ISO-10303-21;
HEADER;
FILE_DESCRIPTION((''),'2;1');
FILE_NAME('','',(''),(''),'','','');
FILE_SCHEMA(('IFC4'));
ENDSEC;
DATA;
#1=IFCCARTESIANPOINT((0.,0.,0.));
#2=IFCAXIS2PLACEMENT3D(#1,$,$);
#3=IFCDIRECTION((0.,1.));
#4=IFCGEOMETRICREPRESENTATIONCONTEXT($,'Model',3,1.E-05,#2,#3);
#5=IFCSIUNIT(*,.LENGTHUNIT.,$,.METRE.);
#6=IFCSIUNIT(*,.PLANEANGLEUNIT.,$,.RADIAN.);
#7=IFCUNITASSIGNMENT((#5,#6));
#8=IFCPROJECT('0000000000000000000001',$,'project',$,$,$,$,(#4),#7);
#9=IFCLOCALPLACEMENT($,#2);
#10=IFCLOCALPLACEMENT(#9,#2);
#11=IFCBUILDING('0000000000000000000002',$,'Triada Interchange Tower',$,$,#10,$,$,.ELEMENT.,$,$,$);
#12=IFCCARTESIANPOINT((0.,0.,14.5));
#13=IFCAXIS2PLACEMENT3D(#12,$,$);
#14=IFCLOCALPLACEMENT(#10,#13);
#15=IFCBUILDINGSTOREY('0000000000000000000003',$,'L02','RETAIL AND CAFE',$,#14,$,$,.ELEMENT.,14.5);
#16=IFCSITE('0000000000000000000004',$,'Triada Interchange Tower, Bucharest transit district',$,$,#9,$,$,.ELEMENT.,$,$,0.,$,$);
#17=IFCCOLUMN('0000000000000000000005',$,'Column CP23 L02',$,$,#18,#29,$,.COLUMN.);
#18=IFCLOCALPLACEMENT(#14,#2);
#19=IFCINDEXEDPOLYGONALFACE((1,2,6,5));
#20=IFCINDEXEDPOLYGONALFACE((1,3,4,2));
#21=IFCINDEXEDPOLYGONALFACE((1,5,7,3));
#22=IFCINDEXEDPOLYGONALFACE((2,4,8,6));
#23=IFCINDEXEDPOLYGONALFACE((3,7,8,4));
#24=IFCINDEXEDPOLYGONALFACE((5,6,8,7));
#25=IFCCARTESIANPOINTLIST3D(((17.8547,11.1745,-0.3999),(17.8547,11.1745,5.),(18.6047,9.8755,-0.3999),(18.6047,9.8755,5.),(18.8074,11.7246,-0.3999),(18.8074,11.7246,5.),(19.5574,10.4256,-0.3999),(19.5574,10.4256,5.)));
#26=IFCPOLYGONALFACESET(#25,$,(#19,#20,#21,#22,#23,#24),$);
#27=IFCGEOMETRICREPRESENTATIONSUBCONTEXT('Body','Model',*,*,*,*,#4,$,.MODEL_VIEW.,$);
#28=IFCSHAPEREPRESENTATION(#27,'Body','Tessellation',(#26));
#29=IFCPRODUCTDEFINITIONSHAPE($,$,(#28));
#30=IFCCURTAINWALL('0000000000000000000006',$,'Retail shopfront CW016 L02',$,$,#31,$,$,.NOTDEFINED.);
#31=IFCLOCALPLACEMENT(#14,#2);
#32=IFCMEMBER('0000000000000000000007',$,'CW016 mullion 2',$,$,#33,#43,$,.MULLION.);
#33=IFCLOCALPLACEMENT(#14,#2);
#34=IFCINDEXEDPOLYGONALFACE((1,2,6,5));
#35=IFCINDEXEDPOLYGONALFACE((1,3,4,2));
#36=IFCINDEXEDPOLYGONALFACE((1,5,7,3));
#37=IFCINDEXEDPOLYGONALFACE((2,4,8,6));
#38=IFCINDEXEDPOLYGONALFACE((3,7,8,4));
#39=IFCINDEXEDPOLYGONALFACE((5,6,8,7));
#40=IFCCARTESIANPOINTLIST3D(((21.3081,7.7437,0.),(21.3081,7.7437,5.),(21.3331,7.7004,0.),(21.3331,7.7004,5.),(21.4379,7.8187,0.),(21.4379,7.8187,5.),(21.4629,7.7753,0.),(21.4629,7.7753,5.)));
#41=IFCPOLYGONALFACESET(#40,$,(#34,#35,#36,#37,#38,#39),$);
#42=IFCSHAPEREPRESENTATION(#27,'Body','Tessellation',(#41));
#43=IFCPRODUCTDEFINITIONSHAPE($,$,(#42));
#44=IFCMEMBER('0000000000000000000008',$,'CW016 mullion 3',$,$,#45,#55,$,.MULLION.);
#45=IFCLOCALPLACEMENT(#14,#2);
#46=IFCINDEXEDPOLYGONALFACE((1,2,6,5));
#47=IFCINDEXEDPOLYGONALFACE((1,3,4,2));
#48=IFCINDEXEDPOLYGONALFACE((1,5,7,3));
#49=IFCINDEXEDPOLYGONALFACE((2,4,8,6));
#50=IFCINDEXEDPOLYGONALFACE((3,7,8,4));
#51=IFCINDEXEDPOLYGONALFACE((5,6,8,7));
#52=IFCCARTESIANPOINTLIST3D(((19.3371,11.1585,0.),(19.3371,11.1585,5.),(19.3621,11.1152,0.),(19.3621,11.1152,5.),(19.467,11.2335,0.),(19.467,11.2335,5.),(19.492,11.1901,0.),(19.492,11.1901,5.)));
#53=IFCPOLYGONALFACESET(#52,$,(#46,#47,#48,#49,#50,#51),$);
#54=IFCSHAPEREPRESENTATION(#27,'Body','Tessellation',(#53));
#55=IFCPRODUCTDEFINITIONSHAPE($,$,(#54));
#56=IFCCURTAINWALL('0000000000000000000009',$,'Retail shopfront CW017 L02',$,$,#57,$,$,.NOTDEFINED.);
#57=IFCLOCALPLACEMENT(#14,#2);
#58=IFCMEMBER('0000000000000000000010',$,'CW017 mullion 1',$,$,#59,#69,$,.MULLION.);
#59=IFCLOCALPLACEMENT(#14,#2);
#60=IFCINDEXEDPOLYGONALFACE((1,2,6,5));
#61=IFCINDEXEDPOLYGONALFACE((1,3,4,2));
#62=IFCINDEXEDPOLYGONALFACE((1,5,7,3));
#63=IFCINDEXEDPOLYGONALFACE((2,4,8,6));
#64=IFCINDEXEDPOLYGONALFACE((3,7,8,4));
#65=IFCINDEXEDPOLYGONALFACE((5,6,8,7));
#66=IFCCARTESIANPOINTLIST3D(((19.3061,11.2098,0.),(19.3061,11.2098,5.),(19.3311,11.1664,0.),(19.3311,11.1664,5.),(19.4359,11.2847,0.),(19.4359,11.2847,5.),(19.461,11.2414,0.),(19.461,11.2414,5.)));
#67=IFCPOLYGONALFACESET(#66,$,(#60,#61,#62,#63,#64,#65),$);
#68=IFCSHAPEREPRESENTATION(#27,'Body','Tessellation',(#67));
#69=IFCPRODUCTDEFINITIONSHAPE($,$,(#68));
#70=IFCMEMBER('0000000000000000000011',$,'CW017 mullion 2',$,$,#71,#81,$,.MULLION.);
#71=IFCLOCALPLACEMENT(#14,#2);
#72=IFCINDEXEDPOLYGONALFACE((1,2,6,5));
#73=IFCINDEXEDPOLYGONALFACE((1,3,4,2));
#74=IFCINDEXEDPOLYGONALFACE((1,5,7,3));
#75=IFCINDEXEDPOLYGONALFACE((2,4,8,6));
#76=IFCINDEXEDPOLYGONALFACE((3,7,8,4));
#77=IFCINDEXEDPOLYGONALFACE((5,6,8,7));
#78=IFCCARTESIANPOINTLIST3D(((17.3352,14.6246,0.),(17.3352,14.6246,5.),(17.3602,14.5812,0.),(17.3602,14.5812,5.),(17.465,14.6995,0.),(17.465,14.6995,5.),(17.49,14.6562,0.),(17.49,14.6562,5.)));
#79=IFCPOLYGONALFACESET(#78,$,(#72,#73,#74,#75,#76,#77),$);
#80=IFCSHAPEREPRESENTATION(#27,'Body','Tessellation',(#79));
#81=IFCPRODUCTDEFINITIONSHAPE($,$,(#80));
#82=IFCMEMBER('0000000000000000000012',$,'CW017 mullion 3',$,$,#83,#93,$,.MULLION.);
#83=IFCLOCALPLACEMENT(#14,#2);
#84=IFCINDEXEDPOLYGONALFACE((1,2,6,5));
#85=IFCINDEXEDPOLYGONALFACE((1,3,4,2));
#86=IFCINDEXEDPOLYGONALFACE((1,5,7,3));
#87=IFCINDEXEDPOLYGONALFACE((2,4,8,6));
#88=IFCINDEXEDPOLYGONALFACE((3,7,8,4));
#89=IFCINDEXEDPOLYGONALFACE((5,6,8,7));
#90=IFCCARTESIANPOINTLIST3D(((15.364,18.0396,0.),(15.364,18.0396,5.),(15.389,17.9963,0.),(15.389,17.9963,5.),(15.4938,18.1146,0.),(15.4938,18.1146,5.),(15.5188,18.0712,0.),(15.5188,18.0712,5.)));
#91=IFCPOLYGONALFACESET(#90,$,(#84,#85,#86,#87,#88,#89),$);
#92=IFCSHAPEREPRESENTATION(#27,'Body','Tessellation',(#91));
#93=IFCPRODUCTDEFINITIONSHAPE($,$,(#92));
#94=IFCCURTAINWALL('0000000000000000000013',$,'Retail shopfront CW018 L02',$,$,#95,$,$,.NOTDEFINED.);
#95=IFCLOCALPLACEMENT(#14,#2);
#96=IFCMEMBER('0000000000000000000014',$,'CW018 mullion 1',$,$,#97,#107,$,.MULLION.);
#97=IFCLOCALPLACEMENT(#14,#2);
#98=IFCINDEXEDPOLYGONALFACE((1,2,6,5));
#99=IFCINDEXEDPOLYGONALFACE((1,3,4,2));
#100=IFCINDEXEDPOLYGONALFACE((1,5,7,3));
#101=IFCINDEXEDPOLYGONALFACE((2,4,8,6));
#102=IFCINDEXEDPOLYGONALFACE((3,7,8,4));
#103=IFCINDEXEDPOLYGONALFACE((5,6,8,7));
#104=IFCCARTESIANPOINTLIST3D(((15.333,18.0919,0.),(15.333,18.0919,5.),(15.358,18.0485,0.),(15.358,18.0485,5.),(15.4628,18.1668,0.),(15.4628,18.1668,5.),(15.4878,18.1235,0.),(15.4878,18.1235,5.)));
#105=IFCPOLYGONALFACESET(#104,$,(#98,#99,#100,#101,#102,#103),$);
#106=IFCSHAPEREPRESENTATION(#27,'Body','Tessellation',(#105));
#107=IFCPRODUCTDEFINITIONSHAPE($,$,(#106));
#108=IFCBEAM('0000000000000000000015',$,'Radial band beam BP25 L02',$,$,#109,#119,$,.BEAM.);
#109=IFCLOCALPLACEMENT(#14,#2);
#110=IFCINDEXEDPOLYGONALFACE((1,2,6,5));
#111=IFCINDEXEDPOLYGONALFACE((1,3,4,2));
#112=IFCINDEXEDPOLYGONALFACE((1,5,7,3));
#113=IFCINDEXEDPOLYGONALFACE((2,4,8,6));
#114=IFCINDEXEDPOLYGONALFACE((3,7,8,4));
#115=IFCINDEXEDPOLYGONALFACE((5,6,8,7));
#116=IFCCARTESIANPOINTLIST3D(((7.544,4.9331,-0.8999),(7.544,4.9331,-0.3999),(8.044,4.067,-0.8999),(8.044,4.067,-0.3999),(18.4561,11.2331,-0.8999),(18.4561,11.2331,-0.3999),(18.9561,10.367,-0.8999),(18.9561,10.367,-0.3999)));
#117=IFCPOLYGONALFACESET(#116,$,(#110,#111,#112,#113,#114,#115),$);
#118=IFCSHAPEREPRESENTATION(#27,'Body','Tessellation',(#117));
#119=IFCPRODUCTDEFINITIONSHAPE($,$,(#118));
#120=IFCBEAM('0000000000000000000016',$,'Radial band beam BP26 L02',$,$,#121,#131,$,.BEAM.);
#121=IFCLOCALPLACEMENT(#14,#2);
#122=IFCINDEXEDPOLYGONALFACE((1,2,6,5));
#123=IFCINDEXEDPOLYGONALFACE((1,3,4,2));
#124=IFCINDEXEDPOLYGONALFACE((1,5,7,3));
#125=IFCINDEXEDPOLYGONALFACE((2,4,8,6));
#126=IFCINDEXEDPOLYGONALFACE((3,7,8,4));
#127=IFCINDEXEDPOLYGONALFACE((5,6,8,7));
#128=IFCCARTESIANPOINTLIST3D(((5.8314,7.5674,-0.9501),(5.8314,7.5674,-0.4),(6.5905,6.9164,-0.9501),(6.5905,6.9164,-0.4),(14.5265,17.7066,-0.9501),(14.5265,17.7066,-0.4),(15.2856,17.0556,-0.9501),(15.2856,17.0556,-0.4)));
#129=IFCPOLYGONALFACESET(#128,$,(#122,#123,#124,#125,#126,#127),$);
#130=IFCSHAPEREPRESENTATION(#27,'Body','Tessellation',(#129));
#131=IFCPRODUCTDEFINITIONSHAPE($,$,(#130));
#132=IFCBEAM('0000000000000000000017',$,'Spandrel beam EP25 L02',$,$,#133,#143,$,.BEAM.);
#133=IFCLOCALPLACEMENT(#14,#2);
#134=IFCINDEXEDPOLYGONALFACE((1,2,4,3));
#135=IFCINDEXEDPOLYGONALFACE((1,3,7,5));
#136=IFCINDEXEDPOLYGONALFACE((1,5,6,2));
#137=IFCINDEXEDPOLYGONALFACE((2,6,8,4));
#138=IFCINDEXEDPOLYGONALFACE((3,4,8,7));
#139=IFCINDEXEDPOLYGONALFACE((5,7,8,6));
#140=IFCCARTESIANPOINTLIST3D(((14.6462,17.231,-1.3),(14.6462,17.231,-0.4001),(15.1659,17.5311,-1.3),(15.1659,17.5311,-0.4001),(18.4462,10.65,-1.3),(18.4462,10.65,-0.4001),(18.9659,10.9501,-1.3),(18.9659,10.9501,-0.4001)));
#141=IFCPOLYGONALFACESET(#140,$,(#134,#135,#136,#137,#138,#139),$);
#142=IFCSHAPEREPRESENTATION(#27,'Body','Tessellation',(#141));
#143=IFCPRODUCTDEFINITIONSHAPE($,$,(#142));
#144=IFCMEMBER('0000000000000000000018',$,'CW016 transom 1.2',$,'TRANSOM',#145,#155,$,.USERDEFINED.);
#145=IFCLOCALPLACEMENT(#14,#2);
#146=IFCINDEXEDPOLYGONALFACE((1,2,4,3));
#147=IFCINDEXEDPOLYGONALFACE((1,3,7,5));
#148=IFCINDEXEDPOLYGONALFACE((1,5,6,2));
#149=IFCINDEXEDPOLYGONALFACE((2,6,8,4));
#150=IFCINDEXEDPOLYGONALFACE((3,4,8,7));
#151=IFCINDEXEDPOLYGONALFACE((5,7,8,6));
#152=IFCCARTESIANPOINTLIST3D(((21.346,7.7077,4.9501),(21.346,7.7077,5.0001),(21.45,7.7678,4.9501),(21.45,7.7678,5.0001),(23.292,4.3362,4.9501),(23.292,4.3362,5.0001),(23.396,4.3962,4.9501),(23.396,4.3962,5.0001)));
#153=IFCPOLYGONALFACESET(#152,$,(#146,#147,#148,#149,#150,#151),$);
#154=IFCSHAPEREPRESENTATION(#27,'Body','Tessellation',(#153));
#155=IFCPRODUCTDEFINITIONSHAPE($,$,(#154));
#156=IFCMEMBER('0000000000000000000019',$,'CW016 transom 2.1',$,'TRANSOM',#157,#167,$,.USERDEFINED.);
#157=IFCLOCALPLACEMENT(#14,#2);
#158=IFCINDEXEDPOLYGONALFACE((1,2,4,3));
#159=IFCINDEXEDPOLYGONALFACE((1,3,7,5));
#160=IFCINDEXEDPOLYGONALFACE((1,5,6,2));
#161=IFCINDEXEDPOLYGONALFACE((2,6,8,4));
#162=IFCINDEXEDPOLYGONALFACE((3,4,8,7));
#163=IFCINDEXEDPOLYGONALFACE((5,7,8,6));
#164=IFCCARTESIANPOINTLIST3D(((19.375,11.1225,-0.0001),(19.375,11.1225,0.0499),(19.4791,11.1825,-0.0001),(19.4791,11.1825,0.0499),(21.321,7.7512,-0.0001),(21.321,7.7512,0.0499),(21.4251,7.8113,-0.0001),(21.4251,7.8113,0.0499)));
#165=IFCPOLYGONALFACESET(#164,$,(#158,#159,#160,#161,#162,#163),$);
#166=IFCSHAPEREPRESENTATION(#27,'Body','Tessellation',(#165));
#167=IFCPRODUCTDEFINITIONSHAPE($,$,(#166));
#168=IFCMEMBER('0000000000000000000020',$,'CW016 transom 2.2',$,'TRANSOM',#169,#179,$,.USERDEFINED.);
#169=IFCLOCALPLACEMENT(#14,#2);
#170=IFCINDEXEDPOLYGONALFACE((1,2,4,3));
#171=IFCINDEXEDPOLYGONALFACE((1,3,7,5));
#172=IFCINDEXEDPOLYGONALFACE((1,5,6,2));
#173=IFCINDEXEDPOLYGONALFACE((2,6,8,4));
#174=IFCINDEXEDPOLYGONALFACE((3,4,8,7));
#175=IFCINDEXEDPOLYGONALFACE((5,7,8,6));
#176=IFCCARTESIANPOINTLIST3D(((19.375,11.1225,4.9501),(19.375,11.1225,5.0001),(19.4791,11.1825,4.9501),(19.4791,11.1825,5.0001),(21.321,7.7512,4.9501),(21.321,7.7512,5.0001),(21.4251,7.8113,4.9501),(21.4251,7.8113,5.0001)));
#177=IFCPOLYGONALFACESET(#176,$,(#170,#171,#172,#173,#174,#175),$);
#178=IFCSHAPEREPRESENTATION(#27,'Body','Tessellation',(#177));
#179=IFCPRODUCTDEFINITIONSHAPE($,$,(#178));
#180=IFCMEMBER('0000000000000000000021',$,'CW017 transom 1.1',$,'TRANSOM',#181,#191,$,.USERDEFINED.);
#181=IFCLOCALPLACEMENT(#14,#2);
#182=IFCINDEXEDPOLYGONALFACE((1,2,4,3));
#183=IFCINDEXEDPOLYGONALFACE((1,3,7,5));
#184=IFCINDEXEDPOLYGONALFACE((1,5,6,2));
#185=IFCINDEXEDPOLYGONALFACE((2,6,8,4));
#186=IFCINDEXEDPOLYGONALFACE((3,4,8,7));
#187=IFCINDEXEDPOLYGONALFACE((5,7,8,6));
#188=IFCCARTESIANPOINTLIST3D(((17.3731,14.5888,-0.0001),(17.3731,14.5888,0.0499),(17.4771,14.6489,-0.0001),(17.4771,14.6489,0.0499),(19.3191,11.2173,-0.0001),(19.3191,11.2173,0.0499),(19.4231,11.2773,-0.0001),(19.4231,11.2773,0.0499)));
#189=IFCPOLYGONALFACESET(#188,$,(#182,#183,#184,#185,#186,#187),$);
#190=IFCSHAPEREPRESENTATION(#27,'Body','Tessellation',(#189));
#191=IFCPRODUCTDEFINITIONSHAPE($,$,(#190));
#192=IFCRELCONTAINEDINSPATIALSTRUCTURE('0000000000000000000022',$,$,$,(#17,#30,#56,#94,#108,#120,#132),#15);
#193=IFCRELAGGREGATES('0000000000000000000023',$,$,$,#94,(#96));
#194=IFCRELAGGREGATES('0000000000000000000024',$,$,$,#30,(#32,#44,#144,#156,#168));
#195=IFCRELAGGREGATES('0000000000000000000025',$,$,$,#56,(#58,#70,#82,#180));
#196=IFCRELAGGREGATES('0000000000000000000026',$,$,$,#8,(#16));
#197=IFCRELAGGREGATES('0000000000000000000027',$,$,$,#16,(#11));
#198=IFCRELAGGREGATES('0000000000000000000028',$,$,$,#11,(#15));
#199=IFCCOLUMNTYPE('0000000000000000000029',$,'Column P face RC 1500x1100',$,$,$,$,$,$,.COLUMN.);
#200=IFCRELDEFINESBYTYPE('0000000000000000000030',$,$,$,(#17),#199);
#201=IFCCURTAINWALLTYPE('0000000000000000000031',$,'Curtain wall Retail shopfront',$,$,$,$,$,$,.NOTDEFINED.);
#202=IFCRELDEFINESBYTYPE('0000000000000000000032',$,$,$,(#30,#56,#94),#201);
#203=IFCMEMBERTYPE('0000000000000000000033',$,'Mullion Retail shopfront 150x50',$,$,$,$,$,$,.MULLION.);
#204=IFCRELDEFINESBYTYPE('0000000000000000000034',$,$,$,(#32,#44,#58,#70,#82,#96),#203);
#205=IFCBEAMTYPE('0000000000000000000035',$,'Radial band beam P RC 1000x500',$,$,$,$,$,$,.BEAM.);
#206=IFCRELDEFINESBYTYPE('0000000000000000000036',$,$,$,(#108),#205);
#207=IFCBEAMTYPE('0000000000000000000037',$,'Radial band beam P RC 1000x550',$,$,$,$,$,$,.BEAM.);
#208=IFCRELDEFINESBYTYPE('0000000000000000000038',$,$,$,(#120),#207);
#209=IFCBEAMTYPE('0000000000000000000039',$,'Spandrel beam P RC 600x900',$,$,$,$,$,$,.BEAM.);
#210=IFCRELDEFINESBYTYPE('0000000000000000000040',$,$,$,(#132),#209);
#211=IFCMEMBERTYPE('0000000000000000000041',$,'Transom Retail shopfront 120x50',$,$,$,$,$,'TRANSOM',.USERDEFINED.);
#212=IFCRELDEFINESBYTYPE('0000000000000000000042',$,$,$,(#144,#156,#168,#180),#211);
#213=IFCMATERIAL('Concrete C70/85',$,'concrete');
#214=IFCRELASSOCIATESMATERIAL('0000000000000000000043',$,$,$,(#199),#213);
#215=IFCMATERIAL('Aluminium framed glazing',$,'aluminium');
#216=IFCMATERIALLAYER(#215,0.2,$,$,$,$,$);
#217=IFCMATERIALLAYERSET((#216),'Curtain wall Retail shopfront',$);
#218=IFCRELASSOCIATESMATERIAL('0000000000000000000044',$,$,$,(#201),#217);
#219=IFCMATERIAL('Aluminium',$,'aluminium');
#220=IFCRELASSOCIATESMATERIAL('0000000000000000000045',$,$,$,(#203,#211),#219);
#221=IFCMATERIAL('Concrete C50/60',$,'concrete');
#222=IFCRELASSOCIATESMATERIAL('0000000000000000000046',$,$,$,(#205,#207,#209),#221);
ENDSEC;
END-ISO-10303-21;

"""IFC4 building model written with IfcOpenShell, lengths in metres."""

from ifc_helpers import new_model, si_unit, direction, frame, origin, origin_2d, place, context, subcontext, project, spatial, rectangle, extrude, material, layer, layer_set, material_profile, profile_set, type_object, element, aggregate, save


model = new_model("IFC4")

# Units and contexts
model_context = context("Model", 3, precision=1e-05, world=origin(), true_north=direction((0.0, 1.0)))
body_context = subcontext(model_context, "Body", "Model", "MODEL_VIEW")
ifc_project = project(units=[si_unit("LENGTHUNIT", "METRE"), si_unit("PLANEANGLEUNIT", "RADIAN")], contexts=[model_context])

# Site, building, storey
site_placement = place(None, origin())
site = spatial("IfcSite", under=ifc_project, at=site_placement, Name="Triada Interchange Tower, Bucharest transit district", CompositionType="ELEMENT", RefElevation=0.0)
building_placement = place(site_placement, origin())
building = spatial("IfcBuilding", under=site, at=building_placement, Name="Triada Interchange Tower", CompositionType="ELEMENT")
storey_placement = place(building_placement, frame((0.0, 0.0, 14.5)))
storey = spatial("IfcBuildingStorey", under=building, at=storey_placement, Name="L02", Description="RETAIL AND CAFE", CompositionType="ELEMENT", Elevation=14.5)

# Column
ifc_material_1 = material(Name="Concrete C70/85", Category="concrete")
ifc_material_profile_1 = material_profile(ifc_material_1, rectangle(XDim=1.5, YDim=1.1001, at=origin_2d()), Name="RC 1500x1100")
ifc_profile_set_1 = profile_set([ifc_material_profile_1], Name="Concrete C70/85")
column_type = type_object("IfcColumnType", Name="Column P face RC 1500x1100", PredefinedType="COLUMN", material=ifc_profile_set_1)
column_placement = place(storey_placement, frame((18.7061, 10.8, -0.3999), z_axis=(0.0, 0.0, 1.0), x_axis=(-0.5, 0.866025, 0.0)))
element("IfcColumn", 1, at=column_placement, inside=storey, type_object=column_type, Name="Column CP23 L02", PredefinedType="COLUMN", context=body_context, shape_type="SweptSolid", body=[
    extrude(rectangle(XDim=1.5, YDim=1.1001, at=origin_2d()), origin(), (0.0, 0.0, 1.0), 5.3999),
])

# Curtain walls, members
ifc_material_2 = material(Name="Aluminium framed glazing", Category="aluminium")
ifc_layer_1 = layer(ifc_material_2, 0.2)
ifc_layer_set_1 = layer_set([ifc_layer_1], Name="Curtain wall Retail shopfront")
curtain_wall_type = type_object("IfcCurtainWallType", Name="Curtain wall Retail shopfront", PredefinedType="NOTDEFINED", material=ifc_layer_set_1)
curtain_wall_1_placement = place(storey_placement, origin())
curtain_wall_1 = element("IfcCurtainWall", 2, at=curtain_wall_1_placement, inside=storey, type_object=curtain_wall_type, Name="Retail shopfront CW016 L02", PredefinedType="NOTDEFINED")
ifc_material_3 = material(Name="Aluminium", Category="aluminium")
ifc_material_profile_2 = material_profile(ifc_material_3, rectangle(XDim=0.1499, YDim=0.05, at=origin_2d()), Name="Aluminium mullion")
ifc_profile_set_2 = profile_set([ifc_material_profile_2], Name="Aluminium")
member_type_1 = type_object("IfcMemberType", Name="Mullion Retail shopfront 150x50", PredefinedType="MULLION", material=ifc_profile_set_2)
member_1_placement = place(storey_placement, frame((21.3855, 7.7595, 0.0), z_axis=(0.0, 0.0, 1.0), x_axis=(-0.866087, -0.499893, 0.0)))
member_1 = element("IfcMember", 3, at=member_1_placement, type_object=member_type_1, Name="CW016 mullion 2", PredefinedType="MULLION", context=body_context, shape_type="SweptSolid", body=[
    extrude(rectangle(XDim=0.1499, YDim=0.05, at=origin_2d()), origin(), (0.0, 0.0, 1.0), 5.0),
])
member_2_placement = place(storey_placement, frame((19.4146, 11.1743, 0.0), z_axis=(0.0, 0.0, 1.0), x_axis=(-0.866087, -0.499893, 0.0)))
member_2 = element("IfcMember", 4, at=member_2_placement, type_object=member_type_1, Name="CW016 mullion 3", PredefinedType="MULLION", context=body_context, shape_type="SweptSolid", body=[
    extrude(rectangle(XDim=0.1499, YDim=0.05, at=origin_2d()), origin(), (0.0, 0.0, 1.0), 5.0),
])
curtain_wall_2_placement = place(storey_placement, origin())
curtain_wall_2 = element("IfcCurtainWall", 5, at=curtain_wall_2_placement, inside=storey, type_object=curtain_wall_type, Name="Retail shopfront CW017 L02", PredefinedType="NOTDEFINED")
member_3_placement = place(storey_placement, frame((19.3835, 11.2256, 0.0), z_axis=(0.0, 0.0, 1.0), x_axis=(-0.866087, -0.499893, 0.0)))
member_3 = element("IfcMember", 6, at=member_3_placement, type_object=member_type_1, Name="CW017 mullion 1", PredefinedType="MULLION", context=body_context, shape_type="SweptSolid", body=[
    extrude(rectangle(XDim=0.1499, YDim=0.05, at=origin_2d()), origin(), (0.0, 0.0, 1.0), 5.0),
])
member_4_placement = place(storey_placement, frame((17.4126, 14.6404, 0.0), z_axis=(0.0, 0.0, 1.0), x_axis=(-0.866087, -0.499893, 0.0)))
member_4 = element("IfcMember", 7, at=member_4_placement, type_object=member_type_1, Name="CW017 mullion 2", PredefinedType="MULLION", context=body_context, shape_type="SweptSolid", body=[
    extrude(rectangle(XDim=0.1499, YDim=0.05, at=origin_2d()), origin(), (0.0, 0.0, 1.0), 5.0),
])
member_5_placement = place(storey_placement, frame((15.4414, 18.0554, 0.0), z_axis=(0.0, 0.0, 1.0), x_axis=(-0.866087, -0.499893, 0.0)))
member_5 = element("IfcMember", 8, at=member_5_placement, type_object=member_type_1, Name="CW017 mullion 3", PredefinedType="MULLION", context=body_context, shape_type="SweptSolid", body=[
    extrude(rectangle(XDim=0.1499, YDim=0.05, at=origin_2d()), origin(), (0.0, 0.0, 1.0), 5.0),
])

# Curtain wall, member
curtain_wall_3_placement = place(storey_placement, origin())
curtain_wall_3 = element("IfcCurtainWall", 9, at=curtain_wall_3_placement, inside=storey, type_object=curtain_wall_type, Name="Retail shopfront CW018 L02", PredefinedType="NOTDEFINED")
member_6_placement = place(storey_placement, frame((15.4104, 18.1077, 0.0), z_axis=(0.0, 0.0, 1.0), x_axis=(-0.866055, -0.499948, 0.0)))
member_6 = element("IfcMember", 10, at=member_6_placement, type_object=member_type_1, Name="CW018 mullion 1", PredefinedType="MULLION", context=body_context, shape_type="SweptSolid", body=[
    extrude(rectangle(XDim=0.1499, YDim=0.05, at=origin_2d()), origin(), (0.0, 0.0, 1.0), 5.0),
])

# Beams
ifc_material_4 = material(Name="Concrete C50/60", Category="concrete")
ifc_material_profile_3 = material_profile(ifc_material_4, rectangle(XDim=1.0, YDim=0.5, at=origin_2d()), Name="RC 1000x500")
ifc_profile_set_3 = profile_set([ifc_material_profile_3], Name="Concrete C50/60")
beam_type_1 = type_object("IfcBeamType", Name="Radial band beam P RC 1000x500", PredefinedType="BEAM", material=ifc_profile_set_3)
beam_1_placement = place(storey_placement, frame((18.7061, 10.8, -0.6499), z_axis=(-0.866027, -0.499996, 0.0), x_axis=(0.499996, -0.866027, 0.0)))
element("IfcBeam", 11, at=beam_1_placement, inside=storey, type_object=beam_type_1, Name="Radial band beam BP25 L02", PredefinedType="BEAM", context=body_context, shape_type="SweptSolid", body=[
    extrude(rectangle(XDim=1.0, YDim=0.5, at=origin_2d()), origin(), (0.0, 0.0, 1.0), 12.6001),
])
ifc_material_profile_4 = material_profile(ifc_material_4, rectangle(XDim=1.0, YDim=0.55, at=origin_2d()), Name="RC 1000x550")
ifc_profile_set_4 = profile_set([ifc_material_profile_4], Name="Concrete C50/60")
beam_type_2 = type_object("IfcBeamType", Name="Radial band beam P RC 1000x550", PredefinedType="BEAM", material=ifc_profile_set_4)
beam_2_placement = place(storey_placement, frame((14.906, 17.3811, -0.675), z_axis=(-0.65098, -0.759095, 0.0), x_axis=(0.759095, -0.65098, 0.0)))
element("IfcBeam", 12, at=beam_2_placement, inside=storey, type_object=beam_type_2, Name="Radial band beam BP26 L02", PredefinedType="BEAM", context=body_context, shape_type="SweptSolid", body=[
    extrude(rectangle(XDim=1.0, YDim=0.55, at=origin_2d()), origin(), (0.0, 0.0, 1.0), 13.3569),
])
ifc_material_profile_5 = material_profile(ifc_material_4, rectangle(XDim=0.6001, YDim=0.8999, at=origin_2d()), Name="RC 600x900")
ifc_profile_set_5 = profile_set([ifc_material_profile_5], Name="Concrete C50/60")
beam_type_3 = type_object("IfcBeamType", Name="Spandrel beam P RC 600x900", PredefinedType="BEAM", material=ifc_profile_set_5)
beam_3_placement = place(storey_placement, frame((18.7061, 10.8, -0.8501), z_axis=(-0.500047, 0.865998, 0.0), x_axis=(-0.865998, -0.500047, 0.0)))
element("IfcBeam", 13, at=beam_3_placement, inside=storey, type_object=beam_type_3, Name="Spandrel beam EP25 L02", PredefinedType="BEAM", context=body_context, shape_type="SweptSolid", body=[
    extrude(rectangle(XDim=0.6001, YDim=0.8999, at=origin_2d()), origin(), (0.0, 0.0, 1.0), 7.5994),
])

# Members
ifc_material_profile_6 = material_profile(ifc_material_3, rectangle(XDim=0.1201, YDim=0.05, at=origin_2d()), Name="Aluminium transom")
ifc_profile_set_6 = profile_set([ifc_material_profile_6], Name="Aluminium")
member_type_2 = type_object("IfcMemberType", Name="Transom Retail shopfront 120x50", ElementType="TRANSOM", PredefinedType="USERDEFINED", material=ifc_profile_set_6)
member_7_placement = place(storey_placement, frame((23.344, 4.3662, 4.9751), z_axis=(-0.499896, 0.866085, 0.0), x_axis=(-0.866085, -0.499896, 0.0)))
member_7 = element("IfcMember", 14, at=member_7_placement, type_object=member_type_2, Name="CW016 transom 1.2", ObjectType="TRANSOM", PredefinedType="USERDEFINED", context=body_context, shape_type="SweptSolid", body=[
    extrude(rectangle(XDim=0.1201, YDim=0.05, at=origin_2d()), origin(), (0.0, 0.0, 1.0), 3.8928),
])
member_8_placement = place(storey_placement, frame((21.373, 7.7812, 0.0249), z_axis=(-0.499923, 0.86607, 0.0), x_axis=(-0.86607, -0.499923, 0.0)))
member_8 = element("IfcMember", 15, at=member_8_placement, type_object=member_type_2, Name="CW016 transom 2.1", ObjectType="TRANSOM", PredefinedType="USERDEFINED", context=body_context, shape_type="SweptSolid", body=[
    extrude(rectangle(XDim=0.1201, YDim=0.05, at=origin_2d()), origin(), (0.0, 0.0, 1.0), 3.8926),
])
member_9_placement = place(storey_placement, frame((21.373, 7.7812, 4.9751), z_axis=(-0.499923, 0.86607, 0.0), x_axis=(-0.86607, -0.499923, 0.0)))
member_9 = element("IfcMember", 16, at=member_9_placement, type_object=member_type_2, Name="CW016 transom 2.2", ObjectType="TRANSOM", PredefinedType="USERDEFINED", context=body_context, shape_type="SweptSolid", body=[
    extrude(rectangle(XDim=0.1201, YDim=0.05, at=origin_2d()), origin(), (0.0, 0.0, 1.0), 3.8926),
])
member_10_placement = place(storey_placement, frame((19.3711, 11.2473, 0.0249), z_axis=(-0.499896, 0.866085, 0.0), x_axis=(-0.866085, -0.499896, 0.0)))
member_10 = element("IfcMember", 17, at=member_10_placement, type_object=member_type_2, Name="CW017 transom 1.1", ObjectType="TRANSOM", PredefinedType="USERDEFINED", context=body_context, shape_type="SweptSolid", body=[
    extrude(rectangle(XDim=0.1201, YDim=0.05, at=origin_2d()), origin(), (0.0, 0.0, 1.0), 3.8928),
])
aggregate(curtain_wall_3, [member_6])

aggregate(curtain_wall_1, [member_1, member_2, member_7, member_8, member_9])
aggregate(curtain_wall_2, [member_3, member_4, member_5, member_10])

save(model, "model.ifc")
